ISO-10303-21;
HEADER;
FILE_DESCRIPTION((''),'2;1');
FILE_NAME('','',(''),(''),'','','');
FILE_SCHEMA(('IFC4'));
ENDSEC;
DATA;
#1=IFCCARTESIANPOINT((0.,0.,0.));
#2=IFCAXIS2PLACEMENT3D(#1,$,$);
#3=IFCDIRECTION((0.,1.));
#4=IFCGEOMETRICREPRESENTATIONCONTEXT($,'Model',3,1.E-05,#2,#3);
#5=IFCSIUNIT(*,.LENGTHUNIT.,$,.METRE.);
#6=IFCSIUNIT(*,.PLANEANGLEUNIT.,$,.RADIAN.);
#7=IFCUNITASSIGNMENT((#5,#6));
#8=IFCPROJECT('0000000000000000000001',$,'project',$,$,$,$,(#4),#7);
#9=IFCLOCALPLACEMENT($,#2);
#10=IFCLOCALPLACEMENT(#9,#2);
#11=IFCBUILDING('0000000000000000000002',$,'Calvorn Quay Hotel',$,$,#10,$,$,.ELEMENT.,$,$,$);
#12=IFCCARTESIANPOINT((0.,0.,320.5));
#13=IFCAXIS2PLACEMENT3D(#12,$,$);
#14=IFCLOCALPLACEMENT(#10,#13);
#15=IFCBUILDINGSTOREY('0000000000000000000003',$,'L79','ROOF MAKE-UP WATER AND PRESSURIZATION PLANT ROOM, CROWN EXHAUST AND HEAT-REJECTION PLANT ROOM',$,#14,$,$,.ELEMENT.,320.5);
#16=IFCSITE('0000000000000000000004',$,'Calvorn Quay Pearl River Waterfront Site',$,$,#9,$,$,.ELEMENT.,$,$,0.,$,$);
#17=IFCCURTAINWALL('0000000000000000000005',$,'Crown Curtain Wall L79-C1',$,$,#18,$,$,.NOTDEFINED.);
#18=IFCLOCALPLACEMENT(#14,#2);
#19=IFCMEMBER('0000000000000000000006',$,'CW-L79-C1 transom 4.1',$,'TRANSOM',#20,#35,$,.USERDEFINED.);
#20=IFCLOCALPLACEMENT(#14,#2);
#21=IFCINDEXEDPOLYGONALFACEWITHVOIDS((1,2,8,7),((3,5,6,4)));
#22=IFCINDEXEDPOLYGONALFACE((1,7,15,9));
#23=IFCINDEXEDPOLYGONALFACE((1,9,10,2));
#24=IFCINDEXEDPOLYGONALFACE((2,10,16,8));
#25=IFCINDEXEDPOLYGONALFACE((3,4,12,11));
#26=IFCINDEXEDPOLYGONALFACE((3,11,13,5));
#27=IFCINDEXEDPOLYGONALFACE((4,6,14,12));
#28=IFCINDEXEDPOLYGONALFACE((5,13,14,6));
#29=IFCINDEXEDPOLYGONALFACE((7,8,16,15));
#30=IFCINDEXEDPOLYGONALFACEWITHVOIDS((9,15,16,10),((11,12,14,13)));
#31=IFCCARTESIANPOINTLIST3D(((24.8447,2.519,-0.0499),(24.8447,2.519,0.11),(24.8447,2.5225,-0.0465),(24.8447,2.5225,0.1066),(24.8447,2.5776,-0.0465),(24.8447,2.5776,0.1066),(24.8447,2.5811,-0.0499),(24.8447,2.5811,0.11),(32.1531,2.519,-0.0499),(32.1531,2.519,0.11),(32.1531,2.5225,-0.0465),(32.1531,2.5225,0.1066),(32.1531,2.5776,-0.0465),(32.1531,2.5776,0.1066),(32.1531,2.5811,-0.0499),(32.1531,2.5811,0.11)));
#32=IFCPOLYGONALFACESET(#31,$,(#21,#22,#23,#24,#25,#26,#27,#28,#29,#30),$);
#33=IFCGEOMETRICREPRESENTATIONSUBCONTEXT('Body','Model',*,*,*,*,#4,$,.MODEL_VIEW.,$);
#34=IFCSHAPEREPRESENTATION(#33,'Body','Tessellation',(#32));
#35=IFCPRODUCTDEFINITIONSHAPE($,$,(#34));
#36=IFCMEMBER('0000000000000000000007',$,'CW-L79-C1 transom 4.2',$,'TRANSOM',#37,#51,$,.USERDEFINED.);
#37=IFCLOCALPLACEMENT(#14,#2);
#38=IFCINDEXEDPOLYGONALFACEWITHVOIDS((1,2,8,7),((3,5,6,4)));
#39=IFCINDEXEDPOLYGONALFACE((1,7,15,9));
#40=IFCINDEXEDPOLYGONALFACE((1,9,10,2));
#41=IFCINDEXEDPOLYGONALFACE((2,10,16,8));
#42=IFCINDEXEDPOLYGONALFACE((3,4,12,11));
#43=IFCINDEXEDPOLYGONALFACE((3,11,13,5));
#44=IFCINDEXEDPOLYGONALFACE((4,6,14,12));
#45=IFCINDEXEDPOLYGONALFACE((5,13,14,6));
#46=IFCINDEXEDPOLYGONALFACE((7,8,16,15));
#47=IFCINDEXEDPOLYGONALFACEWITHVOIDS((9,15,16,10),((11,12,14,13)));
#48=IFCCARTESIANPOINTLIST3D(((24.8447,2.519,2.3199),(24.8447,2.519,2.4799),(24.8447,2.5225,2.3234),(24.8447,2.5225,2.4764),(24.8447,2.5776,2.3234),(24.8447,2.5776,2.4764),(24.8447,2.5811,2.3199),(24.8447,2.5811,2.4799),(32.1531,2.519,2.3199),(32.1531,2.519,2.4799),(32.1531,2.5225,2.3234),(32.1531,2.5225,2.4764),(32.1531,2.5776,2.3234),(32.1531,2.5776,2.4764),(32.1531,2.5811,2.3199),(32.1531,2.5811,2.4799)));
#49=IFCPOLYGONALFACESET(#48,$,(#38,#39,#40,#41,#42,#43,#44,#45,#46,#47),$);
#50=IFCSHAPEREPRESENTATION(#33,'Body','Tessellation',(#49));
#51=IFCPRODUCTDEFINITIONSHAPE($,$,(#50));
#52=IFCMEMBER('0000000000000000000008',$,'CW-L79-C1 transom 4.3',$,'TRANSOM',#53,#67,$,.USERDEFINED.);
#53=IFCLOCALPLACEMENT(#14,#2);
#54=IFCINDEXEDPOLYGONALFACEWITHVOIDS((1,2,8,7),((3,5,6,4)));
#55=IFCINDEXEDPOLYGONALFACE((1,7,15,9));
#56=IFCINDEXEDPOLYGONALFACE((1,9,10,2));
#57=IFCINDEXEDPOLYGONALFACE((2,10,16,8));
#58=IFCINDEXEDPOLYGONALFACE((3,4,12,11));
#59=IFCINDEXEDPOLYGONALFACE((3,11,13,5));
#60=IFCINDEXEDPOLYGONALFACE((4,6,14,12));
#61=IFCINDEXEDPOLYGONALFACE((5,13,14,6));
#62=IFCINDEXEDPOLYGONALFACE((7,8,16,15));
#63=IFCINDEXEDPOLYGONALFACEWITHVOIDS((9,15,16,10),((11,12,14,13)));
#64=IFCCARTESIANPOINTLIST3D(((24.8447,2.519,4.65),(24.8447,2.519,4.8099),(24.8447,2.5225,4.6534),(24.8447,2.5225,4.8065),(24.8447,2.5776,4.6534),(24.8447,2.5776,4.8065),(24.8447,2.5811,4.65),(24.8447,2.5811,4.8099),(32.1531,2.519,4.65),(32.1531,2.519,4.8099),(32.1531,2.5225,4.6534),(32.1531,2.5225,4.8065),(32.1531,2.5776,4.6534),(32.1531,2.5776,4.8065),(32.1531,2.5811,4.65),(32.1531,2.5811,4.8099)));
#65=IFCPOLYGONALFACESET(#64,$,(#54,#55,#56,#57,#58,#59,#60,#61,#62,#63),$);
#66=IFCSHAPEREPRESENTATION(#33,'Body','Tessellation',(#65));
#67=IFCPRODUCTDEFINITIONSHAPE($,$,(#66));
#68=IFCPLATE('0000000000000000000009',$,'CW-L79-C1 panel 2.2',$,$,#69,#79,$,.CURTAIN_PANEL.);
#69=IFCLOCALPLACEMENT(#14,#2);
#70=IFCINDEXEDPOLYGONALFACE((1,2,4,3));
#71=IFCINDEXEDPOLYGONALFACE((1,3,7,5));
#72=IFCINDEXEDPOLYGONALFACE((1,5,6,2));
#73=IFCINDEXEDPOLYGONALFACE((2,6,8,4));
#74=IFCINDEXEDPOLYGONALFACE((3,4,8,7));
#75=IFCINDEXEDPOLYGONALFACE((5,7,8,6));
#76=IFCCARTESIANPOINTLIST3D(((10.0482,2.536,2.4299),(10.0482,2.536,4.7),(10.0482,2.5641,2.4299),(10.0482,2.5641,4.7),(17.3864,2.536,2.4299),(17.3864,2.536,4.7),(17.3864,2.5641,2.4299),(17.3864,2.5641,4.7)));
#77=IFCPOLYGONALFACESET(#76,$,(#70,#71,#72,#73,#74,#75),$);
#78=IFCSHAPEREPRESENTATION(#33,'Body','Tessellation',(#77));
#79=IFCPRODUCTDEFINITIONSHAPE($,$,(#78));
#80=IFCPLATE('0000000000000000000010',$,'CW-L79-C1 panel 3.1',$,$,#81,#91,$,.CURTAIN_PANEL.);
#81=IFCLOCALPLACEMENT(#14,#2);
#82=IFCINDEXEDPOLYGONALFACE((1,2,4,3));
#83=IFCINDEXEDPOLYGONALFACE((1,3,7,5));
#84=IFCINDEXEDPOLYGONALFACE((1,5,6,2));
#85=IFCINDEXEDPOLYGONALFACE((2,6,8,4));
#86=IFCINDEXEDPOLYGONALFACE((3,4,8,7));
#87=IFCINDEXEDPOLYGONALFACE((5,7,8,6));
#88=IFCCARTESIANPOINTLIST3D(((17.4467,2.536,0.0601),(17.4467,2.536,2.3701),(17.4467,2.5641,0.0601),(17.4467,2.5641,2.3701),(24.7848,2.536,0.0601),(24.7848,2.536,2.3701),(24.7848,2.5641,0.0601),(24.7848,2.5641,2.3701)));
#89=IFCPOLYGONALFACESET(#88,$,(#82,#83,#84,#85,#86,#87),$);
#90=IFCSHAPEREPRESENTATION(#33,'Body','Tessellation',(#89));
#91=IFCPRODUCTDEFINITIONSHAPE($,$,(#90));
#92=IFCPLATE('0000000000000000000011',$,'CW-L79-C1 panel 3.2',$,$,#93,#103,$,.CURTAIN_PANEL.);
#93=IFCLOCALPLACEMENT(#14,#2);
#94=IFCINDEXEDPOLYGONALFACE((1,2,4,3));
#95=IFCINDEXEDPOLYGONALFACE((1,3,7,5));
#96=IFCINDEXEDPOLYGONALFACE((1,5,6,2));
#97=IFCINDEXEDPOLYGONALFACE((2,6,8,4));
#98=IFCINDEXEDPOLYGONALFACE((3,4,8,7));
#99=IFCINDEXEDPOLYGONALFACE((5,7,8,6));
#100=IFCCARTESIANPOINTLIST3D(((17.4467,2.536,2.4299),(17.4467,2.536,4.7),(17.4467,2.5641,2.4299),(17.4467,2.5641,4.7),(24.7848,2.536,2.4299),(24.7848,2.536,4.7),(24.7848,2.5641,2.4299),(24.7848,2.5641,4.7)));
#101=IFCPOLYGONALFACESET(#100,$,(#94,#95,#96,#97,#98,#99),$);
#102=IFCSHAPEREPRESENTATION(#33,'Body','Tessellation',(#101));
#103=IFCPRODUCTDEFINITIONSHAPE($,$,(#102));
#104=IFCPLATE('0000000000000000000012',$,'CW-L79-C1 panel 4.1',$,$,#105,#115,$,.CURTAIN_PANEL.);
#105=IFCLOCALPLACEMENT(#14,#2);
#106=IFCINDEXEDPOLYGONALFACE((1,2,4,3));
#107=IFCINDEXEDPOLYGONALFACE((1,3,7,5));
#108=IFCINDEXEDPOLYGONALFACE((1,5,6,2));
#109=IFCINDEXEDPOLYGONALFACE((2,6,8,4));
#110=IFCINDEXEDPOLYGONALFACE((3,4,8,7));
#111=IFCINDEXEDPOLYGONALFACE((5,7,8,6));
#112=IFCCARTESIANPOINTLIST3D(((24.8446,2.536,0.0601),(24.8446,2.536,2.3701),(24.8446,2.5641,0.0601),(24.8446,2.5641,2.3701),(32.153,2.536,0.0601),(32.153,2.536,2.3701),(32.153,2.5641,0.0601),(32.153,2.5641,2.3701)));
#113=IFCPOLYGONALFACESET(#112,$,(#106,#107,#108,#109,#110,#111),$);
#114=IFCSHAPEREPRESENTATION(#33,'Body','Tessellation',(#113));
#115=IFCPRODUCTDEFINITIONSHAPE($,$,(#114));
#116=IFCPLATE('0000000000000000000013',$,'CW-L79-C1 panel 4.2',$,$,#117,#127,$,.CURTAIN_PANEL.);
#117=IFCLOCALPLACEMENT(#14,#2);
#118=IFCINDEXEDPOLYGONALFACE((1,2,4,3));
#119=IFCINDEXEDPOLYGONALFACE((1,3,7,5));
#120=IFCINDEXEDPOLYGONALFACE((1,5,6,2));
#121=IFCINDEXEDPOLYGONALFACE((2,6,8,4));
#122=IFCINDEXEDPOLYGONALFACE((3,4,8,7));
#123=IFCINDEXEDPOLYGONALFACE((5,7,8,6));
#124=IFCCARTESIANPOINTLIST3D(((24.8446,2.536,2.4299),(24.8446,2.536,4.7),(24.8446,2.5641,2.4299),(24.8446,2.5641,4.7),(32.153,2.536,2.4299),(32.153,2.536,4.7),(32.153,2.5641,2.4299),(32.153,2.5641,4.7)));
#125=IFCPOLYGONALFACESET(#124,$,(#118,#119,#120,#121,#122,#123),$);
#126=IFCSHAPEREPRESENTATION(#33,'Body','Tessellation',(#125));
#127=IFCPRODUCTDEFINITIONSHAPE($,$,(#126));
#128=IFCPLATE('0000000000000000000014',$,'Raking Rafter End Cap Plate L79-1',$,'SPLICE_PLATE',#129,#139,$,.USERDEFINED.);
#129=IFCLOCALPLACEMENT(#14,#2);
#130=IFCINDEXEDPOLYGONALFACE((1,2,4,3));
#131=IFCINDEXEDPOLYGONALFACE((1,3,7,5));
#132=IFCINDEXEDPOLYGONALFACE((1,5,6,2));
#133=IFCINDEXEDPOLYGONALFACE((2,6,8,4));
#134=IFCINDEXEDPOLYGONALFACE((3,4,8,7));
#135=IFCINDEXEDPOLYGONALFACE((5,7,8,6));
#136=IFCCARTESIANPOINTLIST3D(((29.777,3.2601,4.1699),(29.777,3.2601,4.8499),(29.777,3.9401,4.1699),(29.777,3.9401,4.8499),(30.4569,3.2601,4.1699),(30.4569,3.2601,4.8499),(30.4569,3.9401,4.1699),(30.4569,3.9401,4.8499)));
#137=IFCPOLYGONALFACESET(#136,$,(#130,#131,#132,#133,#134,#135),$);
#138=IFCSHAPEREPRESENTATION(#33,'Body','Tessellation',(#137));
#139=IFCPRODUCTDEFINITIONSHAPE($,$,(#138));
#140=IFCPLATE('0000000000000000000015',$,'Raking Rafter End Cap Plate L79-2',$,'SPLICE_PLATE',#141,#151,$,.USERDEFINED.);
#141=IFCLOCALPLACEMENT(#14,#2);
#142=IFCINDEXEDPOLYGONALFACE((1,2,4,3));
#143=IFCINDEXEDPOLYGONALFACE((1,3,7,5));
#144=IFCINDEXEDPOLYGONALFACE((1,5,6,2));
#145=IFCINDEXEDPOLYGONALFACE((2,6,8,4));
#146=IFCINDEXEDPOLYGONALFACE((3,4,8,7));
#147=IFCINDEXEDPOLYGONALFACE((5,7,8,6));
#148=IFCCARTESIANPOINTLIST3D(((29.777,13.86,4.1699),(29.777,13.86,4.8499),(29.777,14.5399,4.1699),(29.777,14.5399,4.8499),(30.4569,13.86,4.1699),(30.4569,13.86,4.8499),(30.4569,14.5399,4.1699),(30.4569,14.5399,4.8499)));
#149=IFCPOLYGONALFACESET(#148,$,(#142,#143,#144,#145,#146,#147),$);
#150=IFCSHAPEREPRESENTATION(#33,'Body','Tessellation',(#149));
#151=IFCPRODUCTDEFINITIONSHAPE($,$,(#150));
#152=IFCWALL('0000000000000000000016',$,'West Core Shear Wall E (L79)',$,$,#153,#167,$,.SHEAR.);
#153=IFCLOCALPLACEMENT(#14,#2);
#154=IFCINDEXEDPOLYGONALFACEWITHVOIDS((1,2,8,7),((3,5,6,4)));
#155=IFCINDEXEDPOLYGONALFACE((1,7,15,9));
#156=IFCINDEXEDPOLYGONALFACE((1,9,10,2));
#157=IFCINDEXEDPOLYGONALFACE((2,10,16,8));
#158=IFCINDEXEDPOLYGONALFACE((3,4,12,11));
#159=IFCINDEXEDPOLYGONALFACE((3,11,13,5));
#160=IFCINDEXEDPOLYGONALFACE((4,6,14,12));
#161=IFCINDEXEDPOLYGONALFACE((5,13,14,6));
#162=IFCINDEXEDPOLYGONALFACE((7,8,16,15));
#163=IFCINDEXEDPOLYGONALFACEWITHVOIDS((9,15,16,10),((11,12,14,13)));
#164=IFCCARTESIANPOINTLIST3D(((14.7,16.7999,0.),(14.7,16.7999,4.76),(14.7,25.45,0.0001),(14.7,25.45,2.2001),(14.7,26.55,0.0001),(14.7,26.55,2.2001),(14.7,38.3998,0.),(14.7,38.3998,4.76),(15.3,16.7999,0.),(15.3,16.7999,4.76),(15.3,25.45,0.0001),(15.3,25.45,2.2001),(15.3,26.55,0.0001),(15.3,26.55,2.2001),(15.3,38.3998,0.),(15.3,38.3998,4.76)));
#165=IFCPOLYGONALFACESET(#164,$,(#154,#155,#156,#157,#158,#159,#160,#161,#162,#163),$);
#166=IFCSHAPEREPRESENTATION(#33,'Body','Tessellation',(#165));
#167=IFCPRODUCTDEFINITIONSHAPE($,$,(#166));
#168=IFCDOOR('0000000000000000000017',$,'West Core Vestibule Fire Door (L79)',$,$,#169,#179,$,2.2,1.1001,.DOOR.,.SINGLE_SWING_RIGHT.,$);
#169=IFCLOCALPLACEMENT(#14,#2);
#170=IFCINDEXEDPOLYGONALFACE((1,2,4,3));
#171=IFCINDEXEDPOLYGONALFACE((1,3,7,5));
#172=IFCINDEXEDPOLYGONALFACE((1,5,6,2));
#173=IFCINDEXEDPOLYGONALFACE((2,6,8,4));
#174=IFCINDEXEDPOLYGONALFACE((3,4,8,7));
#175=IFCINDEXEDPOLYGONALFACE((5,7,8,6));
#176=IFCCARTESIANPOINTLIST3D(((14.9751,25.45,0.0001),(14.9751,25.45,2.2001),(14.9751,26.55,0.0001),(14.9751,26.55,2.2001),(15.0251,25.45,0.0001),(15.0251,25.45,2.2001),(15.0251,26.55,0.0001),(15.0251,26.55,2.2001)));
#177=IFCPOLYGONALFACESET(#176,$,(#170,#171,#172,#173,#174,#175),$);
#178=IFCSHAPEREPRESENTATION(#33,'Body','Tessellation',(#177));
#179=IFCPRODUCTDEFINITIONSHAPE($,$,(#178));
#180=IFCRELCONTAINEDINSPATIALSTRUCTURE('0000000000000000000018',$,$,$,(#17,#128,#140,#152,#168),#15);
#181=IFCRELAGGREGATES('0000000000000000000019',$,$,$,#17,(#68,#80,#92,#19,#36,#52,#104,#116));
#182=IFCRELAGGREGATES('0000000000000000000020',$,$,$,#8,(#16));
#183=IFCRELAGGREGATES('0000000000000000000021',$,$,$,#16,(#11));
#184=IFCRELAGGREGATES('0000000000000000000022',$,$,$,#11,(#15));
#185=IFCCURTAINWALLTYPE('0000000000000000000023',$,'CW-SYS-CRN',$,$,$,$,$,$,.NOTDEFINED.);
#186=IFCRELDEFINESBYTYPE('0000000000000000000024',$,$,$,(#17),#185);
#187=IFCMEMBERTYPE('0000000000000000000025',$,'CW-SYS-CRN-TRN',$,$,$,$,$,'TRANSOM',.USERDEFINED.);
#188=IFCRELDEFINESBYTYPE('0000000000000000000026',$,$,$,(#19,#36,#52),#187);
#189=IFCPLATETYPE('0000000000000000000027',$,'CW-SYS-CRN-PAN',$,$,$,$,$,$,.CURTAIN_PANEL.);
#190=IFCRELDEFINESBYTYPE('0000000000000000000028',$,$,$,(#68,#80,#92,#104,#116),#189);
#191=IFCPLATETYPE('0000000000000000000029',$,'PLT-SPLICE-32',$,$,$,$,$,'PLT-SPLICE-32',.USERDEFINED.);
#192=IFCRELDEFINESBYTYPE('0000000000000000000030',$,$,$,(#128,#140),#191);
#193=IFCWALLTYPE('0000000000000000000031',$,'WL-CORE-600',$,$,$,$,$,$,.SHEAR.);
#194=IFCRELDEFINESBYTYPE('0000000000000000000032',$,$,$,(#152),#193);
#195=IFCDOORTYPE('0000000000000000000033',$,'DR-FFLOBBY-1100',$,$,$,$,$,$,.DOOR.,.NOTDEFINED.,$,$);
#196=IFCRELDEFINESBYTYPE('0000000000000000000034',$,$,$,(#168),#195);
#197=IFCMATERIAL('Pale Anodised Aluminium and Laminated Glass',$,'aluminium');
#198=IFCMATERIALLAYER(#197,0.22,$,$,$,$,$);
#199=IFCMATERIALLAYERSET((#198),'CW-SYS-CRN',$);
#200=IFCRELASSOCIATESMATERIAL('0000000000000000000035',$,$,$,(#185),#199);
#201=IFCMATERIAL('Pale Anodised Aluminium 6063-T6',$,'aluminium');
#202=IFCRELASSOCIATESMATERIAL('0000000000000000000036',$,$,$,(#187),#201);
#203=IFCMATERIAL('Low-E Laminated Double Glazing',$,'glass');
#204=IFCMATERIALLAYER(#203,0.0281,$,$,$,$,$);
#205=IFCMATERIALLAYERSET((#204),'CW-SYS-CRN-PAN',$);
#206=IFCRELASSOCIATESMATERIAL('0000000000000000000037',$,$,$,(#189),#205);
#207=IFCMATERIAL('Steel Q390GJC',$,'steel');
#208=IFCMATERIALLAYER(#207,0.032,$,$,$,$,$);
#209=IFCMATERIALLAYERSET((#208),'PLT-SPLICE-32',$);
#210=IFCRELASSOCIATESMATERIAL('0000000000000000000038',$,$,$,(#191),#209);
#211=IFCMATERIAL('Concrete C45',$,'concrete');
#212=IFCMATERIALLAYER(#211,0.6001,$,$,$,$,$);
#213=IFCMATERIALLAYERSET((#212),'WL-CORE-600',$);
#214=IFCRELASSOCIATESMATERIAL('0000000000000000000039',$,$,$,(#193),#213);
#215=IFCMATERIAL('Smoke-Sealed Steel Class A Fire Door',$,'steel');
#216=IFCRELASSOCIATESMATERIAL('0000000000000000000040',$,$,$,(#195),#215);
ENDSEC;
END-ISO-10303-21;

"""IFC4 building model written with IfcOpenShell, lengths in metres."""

from ifc_helpers import new_model, si_unit, direction, frame, frame_2d, origin, origin_2d, place, context, subcontext, project, spatial, rectangle, hollow_rectangle, extrude, material, layer, layer_set, material_profile, profile_set, type_object, element, fill, aggregate, save


model = new_model("IFC4")

# Units and contexts
model_context = context("Model", 3, precision=1e-05, world=origin(), true_north=direction((0.0, 1.0)))
body_context = subcontext(model_context, "Body", "Model", "MODEL_VIEW")
ifc_project = project(units=[si_unit("LENGTHUNIT", "METRE"), si_unit("PLANEANGLEUNIT", "RADIAN")], contexts=[model_context])

# Site, building, storey
site_placement = place(None, origin())
site = spatial("IfcSite", under=ifc_project, at=site_placement, Name="Calvorn Quay Pearl River Waterfront Site", CompositionType="ELEMENT", RefElevation=0.0)
building_placement = place(site_placement, origin())
building = spatial("IfcBuilding", under=site, at=building_placement, Name="Calvorn Quay Hotel", CompositionType="ELEMENT")
storey_placement = place(building_placement, frame((0.0, 0.0, 320.5)))
storey = spatial("IfcBuildingStorey", under=building, at=storey_placement, Name="L79", Description="ROOF MAKE-UP WATER AND PRESSURIZATION PLANT ROOM, CROWN EXHAUST AND HEAT-REJECTION PLANT ROOM", CompositionType="ELEMENT", Elevation=320.5)

# Curtain wall, members, plates
ifc_material_1 = material(Name="Pale Anodised Aluminium and Laminated Glass", Category="aluminium")
ifc_layer_1 = layer(ifc_material_1, 0.22)
ifc_layer_set_1 = layer_set([ifc_layer_1], Name="CW-SYS-CRN")
curtain_wall_type = type_object("IfcCurtainWallType", Name="CW-SYS-CRN", PredefinedType="NOTDEFINED", material=ifc_layer_set_1)
curtain_wall_placement = place(storey_placement, origin())
curtain_wall = element("IfcCurtainWall", 1, at=curtain_wall_placement, inside=storey, type_object=curtain_wall_type, Name="Crown Curtain Wall L79-C1", PredefinedType="NOTDEFINED")
ifc_material_2 = material(Name="Pale Anodised Aluminium 6063-T6", Category="aluminium")
ifc_material_profile_1 = material_profile(ifc_material_2, hollow_rectangle(XDim=0.062, YDim=0.1599, WallThickness=0.0034, at=origin_2d()), Name="ALU-T160x62x3.5")
ifc_profile_set_1 = profile_set([ifc_material_profile_1], Name="Pale Anodised Aluminium 6063-T6")
member_type_1 = type_object("IfcMemberType", Name="CW-SYS-CRN-TRN", ElementType="TRANSOM", PredefinedType="USERDEFINED", material=ifc_profile_set_1)
member_1_placement = place(storey_placement, frame((24.8447, 2.55, 0.03), z_axis=(1.0, 0.0, 0.0), x_axis=(0.0, 1.0, 0.0)))
member_1 = element("IfcMember", 2, at=member_1_placement, type_object=member_type_1, Name="CW-L79-C1 transom 4.1", ObjectType="TRANSOM", PredefinedType="USERDEFINED", context=body_context, shape_type="SweptSolid", body=[
    extrude(hollow_rectangle(XDim=0.062, YDim=0.1599, WallThickness=0.0034, at=origin_2d()), origin(), (0.0, 0.0, 1.0), 7.3083),
])
member_2_placement = place(storey_placement, frame((24.8447, 2.55, 2.3999), z_axis=(1.0, 0.0, 0.0), x_axis=(0.0, 1.0, 0.0)))
member_2 = element("IfcMember", 3, at=member_2_placement, type_object=member_type_1, Name="CW-L79-C1 transom 4.2", ObjectType="TRANSOM", PredefinedType="USERDEFINED", context=body_context, shape_type="SweptSolid", body=[
    extrude(hollow_rectangle(XDim=0.062, YDim=0.1599, WallThickness=0.0034, at=origin_2d()), origin(), (0.0, 0.0, 1.0), 7.3083),
])
member_3_placement = place(storey_placement, frame((24.8447, 2.55, 4.73), z_axis=(1.0, 0.0, 0.0), x_axis=(0.0, 1.0, 0.0)))
member_3 = element("IfcMember", 4, at=member_3_placement, type_object=member_type_1, Name="CW-L79-C1 transom 4.3", ObjectType="TRANSOM", PredefinedType="USERDEFINED", context=body_context, shape_type="SweptSolid", body=[
    extrude(hollow_rectangle(XDim=0.062, YDim=0.1599, WallThickness=0.0034, at=origin_2d()), origin(), (0.0, 0.0, 1.0), 7.3083),
])
ifc_material_3 = material(Name="Low-E Laminated Double Glazing", Category="glass")
ifc_layer_2 = layer(ifc_material_3, 0.0281)
ifc_layer_set_2 = layer_set([ifc_layer_2], Name="CW-SYS-CRN-PAN")
plate_type_1 = type_object("IfcPlateType", Name="CW-SYS-CRN-PAN", PredefinedType="CURTAIN_PANEL", material=ifc_layer_set_2)
plate_1_placement = place(storey_placement, frame((13.7173, 2.55, 2.4299), z_axis=(0.0, 0.0, 1.0), x_axis=(1.0, 0.0, 0.0)))
plate_1 = element("IfcPlate", 5, at=plate_1_placement, type_object=plate_type_1, Name="CW-L79-C1 panel 2.2", PredefinedType="CURTAIN_PANEL", context=body_context, shape_type="SweptSolid", body=[
    extrude(rectangle(XDim=7.3381, YDim=0.0281, at=origin_2d()), origin(), (0.0, 0.0, 1.0), 2.27),
])
plate_2_placement = place(storey_placement, frame((21.1157, 2.55, 0.0601), z_axis=(0.0, 0.0, 1.0), x_axis=(1.0, 0.0, 0.0)))
plate_2 = element("IfcPlate", 6, at=plate_2_placement, type_object=plate_type_1, Name="CW-L79-C1 panel 3.1", PredefinedType="CURTAIN_PANEL", context=body_context, shape_type="SweptSolid", body=[
    extrude(rectangle(XDim=7.3381, YDim=0.0281, at=origin_2d()), origin(), (0.0, 0.0, 1.0), 2.3101),
])
plate_3_placement = place(storey_placement, frame((21.1157, 2.55, 2.4299), z_axis=(0.0, 0.0, 1.0), x_axis=(1.0, 0.0, 0.0)))
plate_3 = element("IfcPlate", 7, at=plate_3_placement, type_object=plate_type_1, Name="CW-L79-C1 panel 3.2", PredefinedType="CURTAIN_PANEL", context=body_context, shape_type="SweptSolid", body=[
    extrude(rectangle(XDim=7.3381, YDim=0.0281, at=origin_2d()), origin(), (0.0, 0.0, 1.0), 2.27),
])
plate_4_placement = place(storey_placement, frame((28.4988, 2.55, 0.0601), z_axis=(0.0, 0.0, 1.0), x_axis=(1.0, 0.0, 0.0)))
plate_4 = element("IfcPlate", 8, at=plate_4_placement, type_object=plate_type_1, Name="CW-L79-C1 panel 4.1", PredefinedType="CURTAIN_PANEL", context=body_context, shape_type="SweptSolid", body=[
    extrude(rectangle(XDim=7.3083, YDim=0.0281, at=origin_2d()), origin(), (0.0, 0.0, 1.0), 2.3101),
])
plate_5_placement = place(storey_placement, frame((28.4988, 2.55, 2.4299), z_axis=(0.0, 0.0, 1.0), x_axis=(1.0, 0.0, 0.0)))
plate_5 = element("IfcPlate", 9, at=plate_5_placement, type_object=plate_type_1, Name="CW-L79-C1 panel 4.2", PredefinedType="CURTAIN_PANEL", context=body_context, shape_type="SweptSolid", body=[
    extrude(rectangle(XDim=7.3083, YDim=0.0281, at=origin_2d()), origin(), (0.0, 0.0, 1.0), 2.27),
])
aggregate(curtain_wall, [plate_1, plate_2, plate_3, member_1, member_2, member_3, plate_4, plate_5])

# Plates
ifc_material_4 = material(Name="Steel Q390GJC", Category="steel")
ifc_layer_3 = layer(ifc_material_4, 0.032)
ifc_layer_set_3 = layer_set([ifc_layer_3], Name="PLT-SPLICE-32")
plate_type_2 = type_object("IfcPlateType", Name="PLT-SPLICE-32", ElementType="PLT-SPLICE-32", PredefinedType="USERDEFINED", material=ifc_layer_set_3)
for number, where, z_axis, x_axis, name in (
    (10, (30.1169, 3.6001, 4.1699), (0.0, 0.0, 1.0), (1.0, 0.0, 0.0), "Raking Rafter End Cap Plate L79-1"),
    (11, (30.1169, 14.2, 4.1699), (0.0, 0.0, 1.0), (1.0, 0.0, 0.0), "Raking Rafter End Cap Plate L79-2"),
):
    element("IfcPlate", number, at=place(storey_placement, frame(where, z_axis=z_axis, x_axis=x_axis)), inside=storey, type_object=plate_type_2, Name=name, ObjectType="SPLICE_PLATE", PredefinedType="USERDEFINED", context=body_context, shape_type="SweptSolid", body=[
        extrude(rectangle(XDim=0.6799, YDim=0.6799, at=origin_2d()), origin(), (0.0, 0.0, 1.0), 0.6799),
    ])

# Wall, opening, door
ifc_material_5 = material(Name="Concrete C45", Category="concrete")
ifc_layer_4 = layer(ifc_material_5, 0.6001)
ifc_layer_set_4 = layer_set([ifc_layer_4], Name="WL-CORE-600")
wall_type = type_object("IfcWallType", Name="WL-CORE-600", PredefinedType="SHEAR", material=ifc_layer_set_4)
wall_placement = place(storey_placement, frame((15.0, 16.8, 0.0), z_axis=(0.0, 0.0, 1.0), x_axis=(0.0, 1.0, 0.0)))
wall = element("IfcWall", 12, at=wall_placement, inside=storey, type_object=wall_type, Name="West Core Shear Wall E (L79)", PredefinedType="SHEAR", context=body_context, shape_type="SweptSolid", body=[
    extrude(rectangle(XDim=21.5999, YDim=0.6001, at=frame_2d((10.7998, 0.0))), origin(), (0.0, 0.0, 1.0), 4.76),
])
opening_placement = place(wall_placement, frame((8.6499, 0.0, 0.0)))
opening = element("IfcOpeningElement", 13, at=opening_placement, cuts=wall, PredefinedType="OPENING", context=body_context, shape_type="SweptSolid", body=[
    extrude(rectangle(XDim=1.1001, YDim=2.2, at=frame_2d((0.55, 1.1001))), frame((0.0, 0.3101, 0.0), z_axis=(0.0, -1.0, 0.0), x_axis=(1.0, 0.0, 0.0)), (0.0, 0.0, 1.0), 0.6201),
])
ifc_material_6 = material(Name="Smoke-Sealed Steel Class A Fire Door", Category="steel")
door_type = type_object("IfcDoorType", Name="DR-FFLOBBY-1100", OperationType="NOTDEFINED", PredefinedType="DOOR", material=ifc_material_6)
door_placement = place(opening_placement, origin())
door = element("IfcDoor", 14, at=door_placement, inside=storey, type_object=door_type, Name="West Core Vestibule Fire Door (L79)", OperationType="SINGLE_SWING_RIGHT", OverallHeight=2.2, OverallWidth=1.1001, PredefinedType="DOOR", context=body_context, shape_type="SweptSolid", body=[
    extrude(rectangle(XDim=1.1001, YDim=2.2, at=frame_2d((0.55, 1.1001))), frame((0.0, 0.0249, 0.0), z_axis=(0.0, -1.0, 0.0), x_axis=(1.0, 0.0, 0.0)), (0.0, 0.0, 1.0), 0.05),
])
fill(opening, door)

save(model, "model.ifc")
